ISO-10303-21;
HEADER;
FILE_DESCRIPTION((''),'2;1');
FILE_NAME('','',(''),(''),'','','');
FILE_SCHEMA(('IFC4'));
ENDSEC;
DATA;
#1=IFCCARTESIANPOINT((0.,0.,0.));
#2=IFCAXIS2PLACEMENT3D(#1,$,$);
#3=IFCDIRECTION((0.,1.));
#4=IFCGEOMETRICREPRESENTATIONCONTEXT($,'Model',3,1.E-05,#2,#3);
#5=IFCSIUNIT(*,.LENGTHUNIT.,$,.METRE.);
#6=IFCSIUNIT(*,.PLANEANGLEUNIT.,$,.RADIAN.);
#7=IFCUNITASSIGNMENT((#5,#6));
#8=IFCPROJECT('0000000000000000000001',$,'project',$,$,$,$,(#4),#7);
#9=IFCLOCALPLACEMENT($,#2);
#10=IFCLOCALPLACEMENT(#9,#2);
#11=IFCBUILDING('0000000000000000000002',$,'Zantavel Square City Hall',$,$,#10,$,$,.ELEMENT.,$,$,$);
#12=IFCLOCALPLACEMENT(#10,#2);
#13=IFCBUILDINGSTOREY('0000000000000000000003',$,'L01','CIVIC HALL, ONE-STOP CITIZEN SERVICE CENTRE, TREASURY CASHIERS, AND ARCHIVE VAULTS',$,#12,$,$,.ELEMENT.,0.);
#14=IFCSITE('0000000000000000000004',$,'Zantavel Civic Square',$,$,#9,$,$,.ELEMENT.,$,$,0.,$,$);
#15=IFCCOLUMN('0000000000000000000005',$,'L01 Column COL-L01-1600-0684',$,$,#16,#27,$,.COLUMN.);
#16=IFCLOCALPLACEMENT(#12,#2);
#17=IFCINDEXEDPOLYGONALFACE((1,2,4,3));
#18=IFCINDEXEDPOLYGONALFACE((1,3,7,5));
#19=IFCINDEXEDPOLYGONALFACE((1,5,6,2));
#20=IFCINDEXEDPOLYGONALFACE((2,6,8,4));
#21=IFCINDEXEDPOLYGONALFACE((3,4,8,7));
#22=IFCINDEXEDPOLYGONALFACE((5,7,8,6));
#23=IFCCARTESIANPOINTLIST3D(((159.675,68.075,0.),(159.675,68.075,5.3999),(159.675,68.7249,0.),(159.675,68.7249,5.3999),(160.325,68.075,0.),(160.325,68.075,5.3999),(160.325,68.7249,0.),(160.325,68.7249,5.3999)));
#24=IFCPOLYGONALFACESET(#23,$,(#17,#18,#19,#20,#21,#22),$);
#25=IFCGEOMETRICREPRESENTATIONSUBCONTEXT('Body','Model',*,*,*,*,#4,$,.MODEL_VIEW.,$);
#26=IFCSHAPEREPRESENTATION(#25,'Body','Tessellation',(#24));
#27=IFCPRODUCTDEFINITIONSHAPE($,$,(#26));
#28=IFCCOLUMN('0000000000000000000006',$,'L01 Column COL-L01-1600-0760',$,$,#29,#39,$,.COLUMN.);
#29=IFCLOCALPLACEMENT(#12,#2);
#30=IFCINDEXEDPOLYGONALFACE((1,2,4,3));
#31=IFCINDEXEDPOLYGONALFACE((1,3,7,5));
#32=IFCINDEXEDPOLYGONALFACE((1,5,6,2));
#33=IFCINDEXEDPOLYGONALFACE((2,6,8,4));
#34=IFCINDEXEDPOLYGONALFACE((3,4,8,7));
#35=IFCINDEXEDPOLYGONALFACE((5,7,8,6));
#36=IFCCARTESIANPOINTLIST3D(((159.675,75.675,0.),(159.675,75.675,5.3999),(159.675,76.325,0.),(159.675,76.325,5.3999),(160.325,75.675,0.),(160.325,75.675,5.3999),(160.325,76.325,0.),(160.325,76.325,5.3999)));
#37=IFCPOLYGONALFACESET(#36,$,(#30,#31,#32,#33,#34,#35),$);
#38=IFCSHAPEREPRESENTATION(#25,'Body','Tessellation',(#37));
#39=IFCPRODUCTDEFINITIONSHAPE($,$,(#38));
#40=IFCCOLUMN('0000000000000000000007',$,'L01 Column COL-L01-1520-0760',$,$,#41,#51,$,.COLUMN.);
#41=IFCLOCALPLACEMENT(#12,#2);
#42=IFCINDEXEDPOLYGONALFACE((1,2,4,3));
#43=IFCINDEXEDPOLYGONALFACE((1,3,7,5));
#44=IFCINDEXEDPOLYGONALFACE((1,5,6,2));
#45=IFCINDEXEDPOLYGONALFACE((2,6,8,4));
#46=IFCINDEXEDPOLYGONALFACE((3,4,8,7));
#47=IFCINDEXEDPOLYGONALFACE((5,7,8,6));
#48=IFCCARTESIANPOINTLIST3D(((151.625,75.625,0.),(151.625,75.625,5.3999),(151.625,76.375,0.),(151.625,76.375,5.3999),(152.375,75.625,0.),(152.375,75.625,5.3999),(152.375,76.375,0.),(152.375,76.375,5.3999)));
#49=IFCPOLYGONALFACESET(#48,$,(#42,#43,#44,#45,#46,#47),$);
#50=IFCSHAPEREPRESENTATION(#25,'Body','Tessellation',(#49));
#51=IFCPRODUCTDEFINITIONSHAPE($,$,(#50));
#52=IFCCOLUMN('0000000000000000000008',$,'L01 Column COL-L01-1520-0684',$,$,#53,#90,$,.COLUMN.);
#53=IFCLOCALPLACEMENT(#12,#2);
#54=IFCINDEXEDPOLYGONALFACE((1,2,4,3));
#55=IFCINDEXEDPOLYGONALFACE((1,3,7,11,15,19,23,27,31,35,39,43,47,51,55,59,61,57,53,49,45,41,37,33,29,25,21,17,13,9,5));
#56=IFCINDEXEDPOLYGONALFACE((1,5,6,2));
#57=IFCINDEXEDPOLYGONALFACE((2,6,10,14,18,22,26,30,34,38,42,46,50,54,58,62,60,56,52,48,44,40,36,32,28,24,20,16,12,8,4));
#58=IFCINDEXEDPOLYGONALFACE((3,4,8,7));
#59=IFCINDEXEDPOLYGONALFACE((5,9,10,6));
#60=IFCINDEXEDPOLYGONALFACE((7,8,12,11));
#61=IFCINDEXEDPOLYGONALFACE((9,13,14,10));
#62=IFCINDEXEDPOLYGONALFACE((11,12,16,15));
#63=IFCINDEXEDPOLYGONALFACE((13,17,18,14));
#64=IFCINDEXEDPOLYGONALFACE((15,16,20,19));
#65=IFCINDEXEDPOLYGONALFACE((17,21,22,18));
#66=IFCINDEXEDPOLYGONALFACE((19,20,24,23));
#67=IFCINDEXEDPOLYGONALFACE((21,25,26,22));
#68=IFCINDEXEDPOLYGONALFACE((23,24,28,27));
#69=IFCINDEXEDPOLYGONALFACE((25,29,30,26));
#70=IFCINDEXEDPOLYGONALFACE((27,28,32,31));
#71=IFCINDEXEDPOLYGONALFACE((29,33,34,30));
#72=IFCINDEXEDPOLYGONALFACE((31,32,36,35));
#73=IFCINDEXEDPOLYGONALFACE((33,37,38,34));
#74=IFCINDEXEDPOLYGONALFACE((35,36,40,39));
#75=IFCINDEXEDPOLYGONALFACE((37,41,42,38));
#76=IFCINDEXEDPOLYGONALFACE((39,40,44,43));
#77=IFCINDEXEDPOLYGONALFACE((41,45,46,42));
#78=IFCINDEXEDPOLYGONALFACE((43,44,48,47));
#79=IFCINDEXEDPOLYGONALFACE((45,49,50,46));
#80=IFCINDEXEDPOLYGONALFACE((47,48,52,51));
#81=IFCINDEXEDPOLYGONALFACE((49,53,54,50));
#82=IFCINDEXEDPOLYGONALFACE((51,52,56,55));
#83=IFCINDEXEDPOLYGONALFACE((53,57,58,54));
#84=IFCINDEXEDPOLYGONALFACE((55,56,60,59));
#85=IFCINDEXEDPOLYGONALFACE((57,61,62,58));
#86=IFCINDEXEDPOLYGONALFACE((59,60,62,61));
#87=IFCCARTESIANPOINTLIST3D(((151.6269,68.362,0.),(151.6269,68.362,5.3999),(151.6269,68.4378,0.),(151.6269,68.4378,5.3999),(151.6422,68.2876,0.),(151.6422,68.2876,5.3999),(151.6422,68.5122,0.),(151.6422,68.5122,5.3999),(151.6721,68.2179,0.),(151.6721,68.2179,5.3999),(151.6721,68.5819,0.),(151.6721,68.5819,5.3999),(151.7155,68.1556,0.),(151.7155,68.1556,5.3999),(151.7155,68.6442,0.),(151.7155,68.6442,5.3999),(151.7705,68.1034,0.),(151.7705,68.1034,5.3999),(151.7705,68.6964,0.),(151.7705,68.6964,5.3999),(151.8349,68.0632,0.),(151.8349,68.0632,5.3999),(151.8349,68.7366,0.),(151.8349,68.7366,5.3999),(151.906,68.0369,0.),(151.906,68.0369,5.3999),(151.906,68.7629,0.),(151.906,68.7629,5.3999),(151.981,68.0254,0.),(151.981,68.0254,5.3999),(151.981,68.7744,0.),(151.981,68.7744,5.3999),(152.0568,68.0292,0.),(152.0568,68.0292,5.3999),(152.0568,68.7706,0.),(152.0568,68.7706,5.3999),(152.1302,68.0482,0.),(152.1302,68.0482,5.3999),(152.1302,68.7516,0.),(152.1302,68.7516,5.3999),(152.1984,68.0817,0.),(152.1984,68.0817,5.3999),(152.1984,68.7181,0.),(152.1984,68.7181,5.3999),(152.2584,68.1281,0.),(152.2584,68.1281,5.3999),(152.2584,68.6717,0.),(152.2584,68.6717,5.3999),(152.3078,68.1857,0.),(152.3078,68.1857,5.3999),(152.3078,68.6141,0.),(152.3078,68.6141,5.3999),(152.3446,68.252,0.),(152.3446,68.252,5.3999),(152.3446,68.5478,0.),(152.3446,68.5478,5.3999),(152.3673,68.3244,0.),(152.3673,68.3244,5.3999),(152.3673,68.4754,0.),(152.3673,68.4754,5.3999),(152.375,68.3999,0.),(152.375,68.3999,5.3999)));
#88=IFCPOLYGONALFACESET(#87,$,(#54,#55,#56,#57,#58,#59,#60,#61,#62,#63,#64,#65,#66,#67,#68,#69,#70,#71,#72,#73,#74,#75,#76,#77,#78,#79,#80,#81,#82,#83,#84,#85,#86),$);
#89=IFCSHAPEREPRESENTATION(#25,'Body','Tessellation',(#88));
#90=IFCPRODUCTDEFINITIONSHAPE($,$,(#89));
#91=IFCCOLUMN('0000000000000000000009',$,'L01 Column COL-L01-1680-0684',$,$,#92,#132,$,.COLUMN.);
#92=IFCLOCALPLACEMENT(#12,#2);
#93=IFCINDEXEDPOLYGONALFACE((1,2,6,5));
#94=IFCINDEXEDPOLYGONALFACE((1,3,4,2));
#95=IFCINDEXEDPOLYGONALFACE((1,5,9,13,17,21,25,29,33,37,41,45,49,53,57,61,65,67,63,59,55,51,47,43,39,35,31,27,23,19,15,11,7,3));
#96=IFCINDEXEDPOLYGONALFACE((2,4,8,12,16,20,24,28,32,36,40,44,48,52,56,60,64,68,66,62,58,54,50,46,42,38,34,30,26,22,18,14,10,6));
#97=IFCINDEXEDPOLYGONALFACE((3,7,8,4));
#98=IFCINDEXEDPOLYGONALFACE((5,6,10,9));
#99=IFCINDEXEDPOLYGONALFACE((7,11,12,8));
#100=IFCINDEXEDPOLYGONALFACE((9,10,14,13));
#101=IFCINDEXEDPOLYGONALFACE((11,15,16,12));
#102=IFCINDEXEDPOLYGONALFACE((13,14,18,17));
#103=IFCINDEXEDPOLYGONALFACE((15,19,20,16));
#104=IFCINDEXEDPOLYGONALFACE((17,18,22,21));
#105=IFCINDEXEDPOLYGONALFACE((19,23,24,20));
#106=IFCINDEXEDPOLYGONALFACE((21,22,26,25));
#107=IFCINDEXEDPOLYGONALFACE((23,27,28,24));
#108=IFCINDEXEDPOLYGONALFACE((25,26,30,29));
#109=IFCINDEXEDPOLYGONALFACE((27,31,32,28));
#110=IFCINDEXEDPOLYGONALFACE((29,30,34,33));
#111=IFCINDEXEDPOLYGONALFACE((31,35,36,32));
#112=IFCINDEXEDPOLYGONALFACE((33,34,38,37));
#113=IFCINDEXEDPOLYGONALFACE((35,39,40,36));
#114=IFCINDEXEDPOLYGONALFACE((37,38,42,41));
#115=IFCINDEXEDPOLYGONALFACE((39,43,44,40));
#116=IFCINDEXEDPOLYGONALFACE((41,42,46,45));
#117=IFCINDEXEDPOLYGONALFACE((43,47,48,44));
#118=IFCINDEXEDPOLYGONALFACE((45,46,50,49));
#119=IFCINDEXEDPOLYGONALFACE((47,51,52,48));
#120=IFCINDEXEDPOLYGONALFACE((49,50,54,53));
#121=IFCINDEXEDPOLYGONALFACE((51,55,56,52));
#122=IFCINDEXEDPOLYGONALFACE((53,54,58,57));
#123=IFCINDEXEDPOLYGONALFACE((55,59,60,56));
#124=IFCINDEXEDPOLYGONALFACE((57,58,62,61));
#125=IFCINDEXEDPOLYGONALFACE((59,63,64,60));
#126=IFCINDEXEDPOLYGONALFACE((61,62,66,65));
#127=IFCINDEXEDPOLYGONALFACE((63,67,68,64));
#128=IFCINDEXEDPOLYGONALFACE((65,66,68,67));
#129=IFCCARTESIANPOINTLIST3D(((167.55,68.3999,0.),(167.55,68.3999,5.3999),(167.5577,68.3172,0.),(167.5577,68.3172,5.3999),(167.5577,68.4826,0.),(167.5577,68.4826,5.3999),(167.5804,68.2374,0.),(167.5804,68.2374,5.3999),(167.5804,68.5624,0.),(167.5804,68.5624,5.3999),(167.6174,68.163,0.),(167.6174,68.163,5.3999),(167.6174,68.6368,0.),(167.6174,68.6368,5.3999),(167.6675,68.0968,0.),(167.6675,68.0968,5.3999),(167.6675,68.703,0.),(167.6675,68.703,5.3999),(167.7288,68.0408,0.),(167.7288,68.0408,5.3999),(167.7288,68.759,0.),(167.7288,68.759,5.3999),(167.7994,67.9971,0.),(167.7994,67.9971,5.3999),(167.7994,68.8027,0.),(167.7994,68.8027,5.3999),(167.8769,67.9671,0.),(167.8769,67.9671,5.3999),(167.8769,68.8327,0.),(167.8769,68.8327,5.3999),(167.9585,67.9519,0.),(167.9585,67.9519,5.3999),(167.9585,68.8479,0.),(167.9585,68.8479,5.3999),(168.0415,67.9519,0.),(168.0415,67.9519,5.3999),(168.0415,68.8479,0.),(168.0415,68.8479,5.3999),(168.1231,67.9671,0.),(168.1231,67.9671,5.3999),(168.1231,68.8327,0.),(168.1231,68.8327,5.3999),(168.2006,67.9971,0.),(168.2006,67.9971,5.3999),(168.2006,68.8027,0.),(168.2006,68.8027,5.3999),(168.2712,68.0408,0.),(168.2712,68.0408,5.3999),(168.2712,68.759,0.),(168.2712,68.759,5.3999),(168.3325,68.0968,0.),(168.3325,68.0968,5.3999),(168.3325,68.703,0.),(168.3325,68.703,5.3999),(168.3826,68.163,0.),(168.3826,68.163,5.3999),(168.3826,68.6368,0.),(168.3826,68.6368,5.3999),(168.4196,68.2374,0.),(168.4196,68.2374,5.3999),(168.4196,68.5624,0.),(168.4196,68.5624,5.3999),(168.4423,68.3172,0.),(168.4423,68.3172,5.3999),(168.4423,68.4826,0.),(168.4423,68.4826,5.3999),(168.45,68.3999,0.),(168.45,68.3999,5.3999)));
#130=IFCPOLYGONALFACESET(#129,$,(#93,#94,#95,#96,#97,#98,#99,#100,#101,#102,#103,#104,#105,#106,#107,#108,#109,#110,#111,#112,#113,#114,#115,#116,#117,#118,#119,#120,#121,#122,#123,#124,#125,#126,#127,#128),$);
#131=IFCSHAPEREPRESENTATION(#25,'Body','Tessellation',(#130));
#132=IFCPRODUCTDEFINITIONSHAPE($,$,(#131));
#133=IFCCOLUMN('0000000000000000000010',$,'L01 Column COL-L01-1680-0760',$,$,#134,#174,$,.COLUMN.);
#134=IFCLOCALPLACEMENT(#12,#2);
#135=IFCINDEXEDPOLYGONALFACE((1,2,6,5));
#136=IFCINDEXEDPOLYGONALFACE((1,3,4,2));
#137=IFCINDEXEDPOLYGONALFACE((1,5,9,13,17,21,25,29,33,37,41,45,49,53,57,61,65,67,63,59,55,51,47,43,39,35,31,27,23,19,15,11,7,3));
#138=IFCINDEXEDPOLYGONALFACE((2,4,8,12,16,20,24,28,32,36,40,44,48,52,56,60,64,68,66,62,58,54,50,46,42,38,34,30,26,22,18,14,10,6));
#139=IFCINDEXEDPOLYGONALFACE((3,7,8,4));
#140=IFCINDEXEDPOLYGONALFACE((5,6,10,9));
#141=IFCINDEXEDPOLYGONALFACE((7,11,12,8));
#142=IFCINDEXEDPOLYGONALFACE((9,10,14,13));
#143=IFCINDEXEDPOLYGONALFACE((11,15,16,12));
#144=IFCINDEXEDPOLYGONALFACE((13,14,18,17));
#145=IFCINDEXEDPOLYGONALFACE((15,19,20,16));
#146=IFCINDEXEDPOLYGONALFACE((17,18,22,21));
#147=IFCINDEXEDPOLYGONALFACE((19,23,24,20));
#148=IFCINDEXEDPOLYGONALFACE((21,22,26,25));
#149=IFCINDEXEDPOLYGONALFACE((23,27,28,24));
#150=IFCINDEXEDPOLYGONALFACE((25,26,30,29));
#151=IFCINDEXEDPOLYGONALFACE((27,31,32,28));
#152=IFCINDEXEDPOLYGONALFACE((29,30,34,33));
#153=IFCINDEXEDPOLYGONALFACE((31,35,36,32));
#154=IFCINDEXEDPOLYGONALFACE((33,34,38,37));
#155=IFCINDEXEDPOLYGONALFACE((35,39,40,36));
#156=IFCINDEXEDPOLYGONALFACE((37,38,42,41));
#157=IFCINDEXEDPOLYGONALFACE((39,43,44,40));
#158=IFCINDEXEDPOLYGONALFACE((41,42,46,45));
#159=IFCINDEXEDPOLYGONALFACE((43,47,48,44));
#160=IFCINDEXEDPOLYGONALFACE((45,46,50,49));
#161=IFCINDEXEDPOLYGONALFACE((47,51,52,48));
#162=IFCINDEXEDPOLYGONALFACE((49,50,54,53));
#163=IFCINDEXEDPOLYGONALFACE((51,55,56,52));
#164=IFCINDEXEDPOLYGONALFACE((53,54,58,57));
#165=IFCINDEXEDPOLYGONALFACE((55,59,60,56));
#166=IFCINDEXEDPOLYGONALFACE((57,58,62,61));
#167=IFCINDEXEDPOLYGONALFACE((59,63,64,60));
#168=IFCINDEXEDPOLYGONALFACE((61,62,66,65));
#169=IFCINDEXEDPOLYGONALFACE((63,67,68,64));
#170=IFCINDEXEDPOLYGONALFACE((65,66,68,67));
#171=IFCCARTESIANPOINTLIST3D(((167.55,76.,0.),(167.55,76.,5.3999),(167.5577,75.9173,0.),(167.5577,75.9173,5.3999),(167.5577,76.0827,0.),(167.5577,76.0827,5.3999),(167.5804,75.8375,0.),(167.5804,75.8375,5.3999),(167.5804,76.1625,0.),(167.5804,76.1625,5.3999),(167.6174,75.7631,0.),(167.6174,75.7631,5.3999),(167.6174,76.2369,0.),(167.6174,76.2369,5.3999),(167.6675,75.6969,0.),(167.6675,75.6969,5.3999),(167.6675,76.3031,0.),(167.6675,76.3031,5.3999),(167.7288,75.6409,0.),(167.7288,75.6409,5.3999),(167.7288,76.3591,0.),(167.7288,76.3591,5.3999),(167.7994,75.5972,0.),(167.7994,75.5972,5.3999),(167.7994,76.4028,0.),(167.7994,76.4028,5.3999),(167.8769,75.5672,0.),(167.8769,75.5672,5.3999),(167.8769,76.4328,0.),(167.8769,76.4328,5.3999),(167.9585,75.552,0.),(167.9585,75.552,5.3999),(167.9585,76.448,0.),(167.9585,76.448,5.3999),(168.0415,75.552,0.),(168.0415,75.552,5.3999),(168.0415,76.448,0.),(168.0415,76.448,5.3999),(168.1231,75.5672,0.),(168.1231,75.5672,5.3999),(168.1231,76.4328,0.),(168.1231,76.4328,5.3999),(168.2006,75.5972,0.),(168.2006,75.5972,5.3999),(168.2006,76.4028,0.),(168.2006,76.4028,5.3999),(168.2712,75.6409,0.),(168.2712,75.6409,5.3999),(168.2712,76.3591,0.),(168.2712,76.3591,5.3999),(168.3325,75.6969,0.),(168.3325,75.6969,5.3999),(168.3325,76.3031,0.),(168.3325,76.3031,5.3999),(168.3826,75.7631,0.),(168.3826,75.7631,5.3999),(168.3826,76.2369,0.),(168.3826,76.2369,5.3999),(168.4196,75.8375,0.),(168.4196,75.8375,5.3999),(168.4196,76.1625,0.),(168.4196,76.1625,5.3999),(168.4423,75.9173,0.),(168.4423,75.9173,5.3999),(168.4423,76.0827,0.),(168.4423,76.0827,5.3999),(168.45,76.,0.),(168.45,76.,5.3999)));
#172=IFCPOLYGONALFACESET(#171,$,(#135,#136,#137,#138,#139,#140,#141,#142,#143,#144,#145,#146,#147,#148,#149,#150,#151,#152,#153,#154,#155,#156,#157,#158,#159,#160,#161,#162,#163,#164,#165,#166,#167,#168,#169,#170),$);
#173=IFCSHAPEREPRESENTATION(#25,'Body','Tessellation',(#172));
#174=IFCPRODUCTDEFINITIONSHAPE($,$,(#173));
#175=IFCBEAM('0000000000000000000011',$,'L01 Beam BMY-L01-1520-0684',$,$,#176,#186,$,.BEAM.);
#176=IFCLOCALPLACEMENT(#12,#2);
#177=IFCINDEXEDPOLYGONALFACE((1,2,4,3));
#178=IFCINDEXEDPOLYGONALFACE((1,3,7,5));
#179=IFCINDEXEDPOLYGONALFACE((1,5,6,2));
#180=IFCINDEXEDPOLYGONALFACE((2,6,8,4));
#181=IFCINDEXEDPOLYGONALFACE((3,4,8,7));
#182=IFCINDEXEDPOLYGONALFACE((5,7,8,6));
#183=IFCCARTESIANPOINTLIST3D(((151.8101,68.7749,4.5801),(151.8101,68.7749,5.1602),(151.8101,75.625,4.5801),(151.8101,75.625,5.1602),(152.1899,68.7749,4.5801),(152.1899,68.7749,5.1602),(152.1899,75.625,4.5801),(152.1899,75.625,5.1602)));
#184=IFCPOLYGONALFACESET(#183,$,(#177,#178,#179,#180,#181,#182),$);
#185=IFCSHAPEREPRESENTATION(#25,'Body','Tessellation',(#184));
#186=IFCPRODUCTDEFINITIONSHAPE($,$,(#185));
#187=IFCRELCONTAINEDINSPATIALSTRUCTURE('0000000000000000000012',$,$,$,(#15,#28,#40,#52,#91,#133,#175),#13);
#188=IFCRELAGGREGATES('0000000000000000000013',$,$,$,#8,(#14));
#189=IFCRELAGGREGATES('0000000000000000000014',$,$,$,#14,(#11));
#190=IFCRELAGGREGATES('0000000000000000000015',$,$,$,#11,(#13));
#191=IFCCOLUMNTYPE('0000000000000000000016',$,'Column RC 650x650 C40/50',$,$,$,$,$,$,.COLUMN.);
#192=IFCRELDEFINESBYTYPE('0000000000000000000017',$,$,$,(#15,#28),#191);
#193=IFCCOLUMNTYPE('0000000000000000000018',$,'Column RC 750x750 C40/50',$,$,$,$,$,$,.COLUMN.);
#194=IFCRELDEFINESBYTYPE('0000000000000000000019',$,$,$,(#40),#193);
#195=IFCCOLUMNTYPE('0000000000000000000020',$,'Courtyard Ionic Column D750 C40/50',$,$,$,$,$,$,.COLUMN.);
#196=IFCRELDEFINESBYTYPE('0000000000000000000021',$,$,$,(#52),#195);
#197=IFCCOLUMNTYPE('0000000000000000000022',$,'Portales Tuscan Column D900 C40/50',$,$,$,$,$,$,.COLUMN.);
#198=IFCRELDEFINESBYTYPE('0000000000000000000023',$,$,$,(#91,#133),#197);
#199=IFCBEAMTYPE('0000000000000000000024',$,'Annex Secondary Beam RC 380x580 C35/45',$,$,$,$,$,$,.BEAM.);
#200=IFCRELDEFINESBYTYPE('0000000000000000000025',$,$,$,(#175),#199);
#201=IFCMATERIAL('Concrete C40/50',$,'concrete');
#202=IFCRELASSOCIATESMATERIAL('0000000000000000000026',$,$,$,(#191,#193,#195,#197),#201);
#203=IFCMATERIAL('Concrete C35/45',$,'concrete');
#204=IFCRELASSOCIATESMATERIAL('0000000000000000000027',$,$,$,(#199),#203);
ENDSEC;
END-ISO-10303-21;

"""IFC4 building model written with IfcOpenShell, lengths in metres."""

from ifc_helpers import new_model, si_unit, direction, frame, origin, origin_2d, place, context, subcontext, project, spatial, rectangle, circle, extrude, material, material_profile, profile_set, type_object, element, save


model = new_model("IFC4")

# Units and contexts
model_context = context("Model", 3, precision=1e-05, world=origin(), true_north=direction((0.0, 1.0)))
body_context = subcontext(model_context, "Body", "Model", "MODEL_VIEW")
ifc_project = project(units=[si_unit("LENGTHUNIT", "METRE"), si_unit("PLANEANGLEUNIT", "RADIAN")], contexts=[model_context])

# Site, building, storey
site_placement = place(None, origin())
site = spatial("IfcSite", under=ifc_project, at=site_placement, Name="Zantavel Civic Square", CompositionType="ELEMENT", RefElevation=0.0)
building_placement = place(site_placement, origin())
building = spatial("IfcBuilding", under=site, at=building_placement, Name="Zantavel Square City Hall", CompositionType="ELEMENT")
storey_placement = place(building_placement, origin())
storey = spatial("IfcBuildingStorey", under=building, at=storey_placement, Name="L01", Description="CIVIC HALL, ONE-STOP CITIZEN SERVICE CENTRE, TREASURY CASHIERS, AND ARCHIVE VAULTS", CompositionType="ELEMENT", Elevation=0.0)

# Columns
ifc_material_1 = material(Name="Concrete C40/50", Category="concrete")
ifc_material_profile_1 = material_profile(ifc_material_1, rectangle(XDim=0.6499, YDim=0.6499, at=origin_2d()), Name="RC 650x650")
ifc_profile_set_1 = profile_set([ifc_material_profile_1], Name="Concrete C40/50")
column_type_1 = type_object("IfcColumnType", Name="Column RC 650x650 C40/50", PredefinedType="COLUMN", material=ifc_profile_set_1)
for number, where, z_axis, x_axis, name in (
    (1, (160.0, 68.3999, 0.0), (0.0, 0.0, 1.0), (1.0, 0.0, 0.0), "L01 Column COL-L01-1600-0684"),
    (2, (160.0, 76.0, 0.0), (0.0, 0.0, 1.0), (1.0, 0.0, 0.0), "L01 Column COL-L01-1600-0760"),
):
    element("IfcColumn", number, at=place(storey_placement, frame(where, z_axis=z_axis, x_axis=x_axis)), inside=storey, type_object=column_type_1, Name=name, PredefinedType="COLUMN", context=body_context, shape_type="SweptSolid", body=[
        extrude(rectangle(XDim=0.6499, YDim=0.6499, at=origin_2d()), origin(), (0.0, 0.0, 1.0), 5.3999),
    ])
ifc_material_profile_2 = material_profile(ifc_material_1, rectangle(XDim=0.75, YDim=0.75, at=origin_2d()), Name="RC 750x750")
ifc_profile_set_2 = profile_set([ifc_material_profile_2], Name="Concrete C40/50")
column_type_2 = type_object("IfcColumnType", Name="Column RC 750x750 C40/50", PredefinedType="COLUMN", material=ifc_profile_set_2)
column_1_placement = place(storey_placement, frame((152.0, 76.0, 0.0), z_axis=(0.0, 0.0, 1.0), x_axis=(1.0, 0.0, 0.0)))
element("IfcColumn", 3, at=column_1_placement, inside=storey, type_object=column_type_2, Name="L01 Column COL-L01-1520-0760", PredefinedType="COLUMN", context=body_context, shape_type="SweptSolid", body=[
    extrude(rectangle(XDim=0.75, YDim=0.75, at=origin_2d()), origin(), (0.0, 0.0, 1.0), 5.3999),
])
ifc_material_profile_3 = material_profile(ifc_material_1, circle(Radius=0.375, at=origin_2d()), Name="ROUND D750")
ifc_profile_set_3 = profile_set([ifc_material_profile_3], Name="Concrete C40/50")
column_type_3 = type_object("IfcColumnType", Name="Courtyard Ionic Column D750 C40/50", PredefinedType="COLUMN", material=ifc_profile_set_3)
column_2_placement = place(storey_placement, frame((152.0, 68.3999, 0.0), z_axis=(0.0, 0.0, 1.0), x_axis=(1.0, 0.0, 0.0)))
element("IfcColumn", 4, at=column_2_placement, inside=storey, type_object=column_type_3, Name="L01 Column COL-L01-1520-0684", PredefinedType="COLUMN", context=body_context, shape_type="SweptSolid", body=[
    extrude(circle(Radius=0.375, at=origin_2d()), origin(), (0.0, 0.0, 1.0), 5.3999),
])
ifc_material_profile_4 = material_profile(ifc_material_1, circle(Radius=0.45, at=origin_2d()), Name="ROUND D900")
ifc_profile_set_4 = profile_set([ifc_material_profile_4], Name="Concrete C40/50")
column_type_4 = type_object("IfcColumnType", Name="Portales Tuscan Column D900 C40/50", PredefinedType="COLUMN", material=ifc_profile_set_4)
for number, where, z_axis, x_axis, name in (
    (5, (168.0, 68.3999, 0.0), (0.0, 0.0, 1.0), (1.0, 0.0, 0.0), "L01 Column COL-L01-1680-0684"),
    (6, (168.0, 76.0, 0.0), (0.0, 0.0, 1.0), (1.0, 0.0, 0.0), "L01 Column COL-L01-1680-0760"),
):
    element("IfcColumn", number, at=place(storey_placement, frame(where, z_axis=z_axis, x_axis=x_axis)), inside=storey, type_object=column_type_4, Name=name, PredefinedType="COLUMN", context=body_context, shape_type="SweptSolid", body=[
        extrude(circle(Radius=0.45, at=origin_2d()), origin(), (0.0, 0.0, 1.0), 5.3999),
    ])

# Beam
ifc_material_2 = material(Name="Concrete C35/45", Category="concrete")
ifc_material_profile_5 = material_profile(ifc_material_2, rectangle(XDim=0.3799, YDim=0.5801, at=origin_2d()), Name="RC 380x580")
ifc_profile_set_5 = profile_set([ifc_material_profile_5], Name="Concrete C35/45")
beam_type_1 = type_object("IfcBeamType", Name="Annex Secondary Beam RC 380x580 C35/45", PredefinedType="BEAM", material=ifc_profile_set_5)
beam_1_placement = place(storey_placement, frame((152.0, 68.7749, 4.8701), z_axis=(0.0, 1.0, 0.0), x_axis=(-1.0, 0.0, 0.0)))
element("IfcBeam", 7, at=beam_1_placement, inside=storey, type_object=beam_type_1, Name="L01 Beam BMY-L01-1520-0684", PredefinedType="BEAM", context=body_context, shape_type="SweptSolid", body=[
    extrude(rectangle(XDim=0.3799, YDim=0.5801, at=origin_2d()), origin(), (0.0, 0.0, 1.0), 6.8501),
])

save(model, "model.ifc")
